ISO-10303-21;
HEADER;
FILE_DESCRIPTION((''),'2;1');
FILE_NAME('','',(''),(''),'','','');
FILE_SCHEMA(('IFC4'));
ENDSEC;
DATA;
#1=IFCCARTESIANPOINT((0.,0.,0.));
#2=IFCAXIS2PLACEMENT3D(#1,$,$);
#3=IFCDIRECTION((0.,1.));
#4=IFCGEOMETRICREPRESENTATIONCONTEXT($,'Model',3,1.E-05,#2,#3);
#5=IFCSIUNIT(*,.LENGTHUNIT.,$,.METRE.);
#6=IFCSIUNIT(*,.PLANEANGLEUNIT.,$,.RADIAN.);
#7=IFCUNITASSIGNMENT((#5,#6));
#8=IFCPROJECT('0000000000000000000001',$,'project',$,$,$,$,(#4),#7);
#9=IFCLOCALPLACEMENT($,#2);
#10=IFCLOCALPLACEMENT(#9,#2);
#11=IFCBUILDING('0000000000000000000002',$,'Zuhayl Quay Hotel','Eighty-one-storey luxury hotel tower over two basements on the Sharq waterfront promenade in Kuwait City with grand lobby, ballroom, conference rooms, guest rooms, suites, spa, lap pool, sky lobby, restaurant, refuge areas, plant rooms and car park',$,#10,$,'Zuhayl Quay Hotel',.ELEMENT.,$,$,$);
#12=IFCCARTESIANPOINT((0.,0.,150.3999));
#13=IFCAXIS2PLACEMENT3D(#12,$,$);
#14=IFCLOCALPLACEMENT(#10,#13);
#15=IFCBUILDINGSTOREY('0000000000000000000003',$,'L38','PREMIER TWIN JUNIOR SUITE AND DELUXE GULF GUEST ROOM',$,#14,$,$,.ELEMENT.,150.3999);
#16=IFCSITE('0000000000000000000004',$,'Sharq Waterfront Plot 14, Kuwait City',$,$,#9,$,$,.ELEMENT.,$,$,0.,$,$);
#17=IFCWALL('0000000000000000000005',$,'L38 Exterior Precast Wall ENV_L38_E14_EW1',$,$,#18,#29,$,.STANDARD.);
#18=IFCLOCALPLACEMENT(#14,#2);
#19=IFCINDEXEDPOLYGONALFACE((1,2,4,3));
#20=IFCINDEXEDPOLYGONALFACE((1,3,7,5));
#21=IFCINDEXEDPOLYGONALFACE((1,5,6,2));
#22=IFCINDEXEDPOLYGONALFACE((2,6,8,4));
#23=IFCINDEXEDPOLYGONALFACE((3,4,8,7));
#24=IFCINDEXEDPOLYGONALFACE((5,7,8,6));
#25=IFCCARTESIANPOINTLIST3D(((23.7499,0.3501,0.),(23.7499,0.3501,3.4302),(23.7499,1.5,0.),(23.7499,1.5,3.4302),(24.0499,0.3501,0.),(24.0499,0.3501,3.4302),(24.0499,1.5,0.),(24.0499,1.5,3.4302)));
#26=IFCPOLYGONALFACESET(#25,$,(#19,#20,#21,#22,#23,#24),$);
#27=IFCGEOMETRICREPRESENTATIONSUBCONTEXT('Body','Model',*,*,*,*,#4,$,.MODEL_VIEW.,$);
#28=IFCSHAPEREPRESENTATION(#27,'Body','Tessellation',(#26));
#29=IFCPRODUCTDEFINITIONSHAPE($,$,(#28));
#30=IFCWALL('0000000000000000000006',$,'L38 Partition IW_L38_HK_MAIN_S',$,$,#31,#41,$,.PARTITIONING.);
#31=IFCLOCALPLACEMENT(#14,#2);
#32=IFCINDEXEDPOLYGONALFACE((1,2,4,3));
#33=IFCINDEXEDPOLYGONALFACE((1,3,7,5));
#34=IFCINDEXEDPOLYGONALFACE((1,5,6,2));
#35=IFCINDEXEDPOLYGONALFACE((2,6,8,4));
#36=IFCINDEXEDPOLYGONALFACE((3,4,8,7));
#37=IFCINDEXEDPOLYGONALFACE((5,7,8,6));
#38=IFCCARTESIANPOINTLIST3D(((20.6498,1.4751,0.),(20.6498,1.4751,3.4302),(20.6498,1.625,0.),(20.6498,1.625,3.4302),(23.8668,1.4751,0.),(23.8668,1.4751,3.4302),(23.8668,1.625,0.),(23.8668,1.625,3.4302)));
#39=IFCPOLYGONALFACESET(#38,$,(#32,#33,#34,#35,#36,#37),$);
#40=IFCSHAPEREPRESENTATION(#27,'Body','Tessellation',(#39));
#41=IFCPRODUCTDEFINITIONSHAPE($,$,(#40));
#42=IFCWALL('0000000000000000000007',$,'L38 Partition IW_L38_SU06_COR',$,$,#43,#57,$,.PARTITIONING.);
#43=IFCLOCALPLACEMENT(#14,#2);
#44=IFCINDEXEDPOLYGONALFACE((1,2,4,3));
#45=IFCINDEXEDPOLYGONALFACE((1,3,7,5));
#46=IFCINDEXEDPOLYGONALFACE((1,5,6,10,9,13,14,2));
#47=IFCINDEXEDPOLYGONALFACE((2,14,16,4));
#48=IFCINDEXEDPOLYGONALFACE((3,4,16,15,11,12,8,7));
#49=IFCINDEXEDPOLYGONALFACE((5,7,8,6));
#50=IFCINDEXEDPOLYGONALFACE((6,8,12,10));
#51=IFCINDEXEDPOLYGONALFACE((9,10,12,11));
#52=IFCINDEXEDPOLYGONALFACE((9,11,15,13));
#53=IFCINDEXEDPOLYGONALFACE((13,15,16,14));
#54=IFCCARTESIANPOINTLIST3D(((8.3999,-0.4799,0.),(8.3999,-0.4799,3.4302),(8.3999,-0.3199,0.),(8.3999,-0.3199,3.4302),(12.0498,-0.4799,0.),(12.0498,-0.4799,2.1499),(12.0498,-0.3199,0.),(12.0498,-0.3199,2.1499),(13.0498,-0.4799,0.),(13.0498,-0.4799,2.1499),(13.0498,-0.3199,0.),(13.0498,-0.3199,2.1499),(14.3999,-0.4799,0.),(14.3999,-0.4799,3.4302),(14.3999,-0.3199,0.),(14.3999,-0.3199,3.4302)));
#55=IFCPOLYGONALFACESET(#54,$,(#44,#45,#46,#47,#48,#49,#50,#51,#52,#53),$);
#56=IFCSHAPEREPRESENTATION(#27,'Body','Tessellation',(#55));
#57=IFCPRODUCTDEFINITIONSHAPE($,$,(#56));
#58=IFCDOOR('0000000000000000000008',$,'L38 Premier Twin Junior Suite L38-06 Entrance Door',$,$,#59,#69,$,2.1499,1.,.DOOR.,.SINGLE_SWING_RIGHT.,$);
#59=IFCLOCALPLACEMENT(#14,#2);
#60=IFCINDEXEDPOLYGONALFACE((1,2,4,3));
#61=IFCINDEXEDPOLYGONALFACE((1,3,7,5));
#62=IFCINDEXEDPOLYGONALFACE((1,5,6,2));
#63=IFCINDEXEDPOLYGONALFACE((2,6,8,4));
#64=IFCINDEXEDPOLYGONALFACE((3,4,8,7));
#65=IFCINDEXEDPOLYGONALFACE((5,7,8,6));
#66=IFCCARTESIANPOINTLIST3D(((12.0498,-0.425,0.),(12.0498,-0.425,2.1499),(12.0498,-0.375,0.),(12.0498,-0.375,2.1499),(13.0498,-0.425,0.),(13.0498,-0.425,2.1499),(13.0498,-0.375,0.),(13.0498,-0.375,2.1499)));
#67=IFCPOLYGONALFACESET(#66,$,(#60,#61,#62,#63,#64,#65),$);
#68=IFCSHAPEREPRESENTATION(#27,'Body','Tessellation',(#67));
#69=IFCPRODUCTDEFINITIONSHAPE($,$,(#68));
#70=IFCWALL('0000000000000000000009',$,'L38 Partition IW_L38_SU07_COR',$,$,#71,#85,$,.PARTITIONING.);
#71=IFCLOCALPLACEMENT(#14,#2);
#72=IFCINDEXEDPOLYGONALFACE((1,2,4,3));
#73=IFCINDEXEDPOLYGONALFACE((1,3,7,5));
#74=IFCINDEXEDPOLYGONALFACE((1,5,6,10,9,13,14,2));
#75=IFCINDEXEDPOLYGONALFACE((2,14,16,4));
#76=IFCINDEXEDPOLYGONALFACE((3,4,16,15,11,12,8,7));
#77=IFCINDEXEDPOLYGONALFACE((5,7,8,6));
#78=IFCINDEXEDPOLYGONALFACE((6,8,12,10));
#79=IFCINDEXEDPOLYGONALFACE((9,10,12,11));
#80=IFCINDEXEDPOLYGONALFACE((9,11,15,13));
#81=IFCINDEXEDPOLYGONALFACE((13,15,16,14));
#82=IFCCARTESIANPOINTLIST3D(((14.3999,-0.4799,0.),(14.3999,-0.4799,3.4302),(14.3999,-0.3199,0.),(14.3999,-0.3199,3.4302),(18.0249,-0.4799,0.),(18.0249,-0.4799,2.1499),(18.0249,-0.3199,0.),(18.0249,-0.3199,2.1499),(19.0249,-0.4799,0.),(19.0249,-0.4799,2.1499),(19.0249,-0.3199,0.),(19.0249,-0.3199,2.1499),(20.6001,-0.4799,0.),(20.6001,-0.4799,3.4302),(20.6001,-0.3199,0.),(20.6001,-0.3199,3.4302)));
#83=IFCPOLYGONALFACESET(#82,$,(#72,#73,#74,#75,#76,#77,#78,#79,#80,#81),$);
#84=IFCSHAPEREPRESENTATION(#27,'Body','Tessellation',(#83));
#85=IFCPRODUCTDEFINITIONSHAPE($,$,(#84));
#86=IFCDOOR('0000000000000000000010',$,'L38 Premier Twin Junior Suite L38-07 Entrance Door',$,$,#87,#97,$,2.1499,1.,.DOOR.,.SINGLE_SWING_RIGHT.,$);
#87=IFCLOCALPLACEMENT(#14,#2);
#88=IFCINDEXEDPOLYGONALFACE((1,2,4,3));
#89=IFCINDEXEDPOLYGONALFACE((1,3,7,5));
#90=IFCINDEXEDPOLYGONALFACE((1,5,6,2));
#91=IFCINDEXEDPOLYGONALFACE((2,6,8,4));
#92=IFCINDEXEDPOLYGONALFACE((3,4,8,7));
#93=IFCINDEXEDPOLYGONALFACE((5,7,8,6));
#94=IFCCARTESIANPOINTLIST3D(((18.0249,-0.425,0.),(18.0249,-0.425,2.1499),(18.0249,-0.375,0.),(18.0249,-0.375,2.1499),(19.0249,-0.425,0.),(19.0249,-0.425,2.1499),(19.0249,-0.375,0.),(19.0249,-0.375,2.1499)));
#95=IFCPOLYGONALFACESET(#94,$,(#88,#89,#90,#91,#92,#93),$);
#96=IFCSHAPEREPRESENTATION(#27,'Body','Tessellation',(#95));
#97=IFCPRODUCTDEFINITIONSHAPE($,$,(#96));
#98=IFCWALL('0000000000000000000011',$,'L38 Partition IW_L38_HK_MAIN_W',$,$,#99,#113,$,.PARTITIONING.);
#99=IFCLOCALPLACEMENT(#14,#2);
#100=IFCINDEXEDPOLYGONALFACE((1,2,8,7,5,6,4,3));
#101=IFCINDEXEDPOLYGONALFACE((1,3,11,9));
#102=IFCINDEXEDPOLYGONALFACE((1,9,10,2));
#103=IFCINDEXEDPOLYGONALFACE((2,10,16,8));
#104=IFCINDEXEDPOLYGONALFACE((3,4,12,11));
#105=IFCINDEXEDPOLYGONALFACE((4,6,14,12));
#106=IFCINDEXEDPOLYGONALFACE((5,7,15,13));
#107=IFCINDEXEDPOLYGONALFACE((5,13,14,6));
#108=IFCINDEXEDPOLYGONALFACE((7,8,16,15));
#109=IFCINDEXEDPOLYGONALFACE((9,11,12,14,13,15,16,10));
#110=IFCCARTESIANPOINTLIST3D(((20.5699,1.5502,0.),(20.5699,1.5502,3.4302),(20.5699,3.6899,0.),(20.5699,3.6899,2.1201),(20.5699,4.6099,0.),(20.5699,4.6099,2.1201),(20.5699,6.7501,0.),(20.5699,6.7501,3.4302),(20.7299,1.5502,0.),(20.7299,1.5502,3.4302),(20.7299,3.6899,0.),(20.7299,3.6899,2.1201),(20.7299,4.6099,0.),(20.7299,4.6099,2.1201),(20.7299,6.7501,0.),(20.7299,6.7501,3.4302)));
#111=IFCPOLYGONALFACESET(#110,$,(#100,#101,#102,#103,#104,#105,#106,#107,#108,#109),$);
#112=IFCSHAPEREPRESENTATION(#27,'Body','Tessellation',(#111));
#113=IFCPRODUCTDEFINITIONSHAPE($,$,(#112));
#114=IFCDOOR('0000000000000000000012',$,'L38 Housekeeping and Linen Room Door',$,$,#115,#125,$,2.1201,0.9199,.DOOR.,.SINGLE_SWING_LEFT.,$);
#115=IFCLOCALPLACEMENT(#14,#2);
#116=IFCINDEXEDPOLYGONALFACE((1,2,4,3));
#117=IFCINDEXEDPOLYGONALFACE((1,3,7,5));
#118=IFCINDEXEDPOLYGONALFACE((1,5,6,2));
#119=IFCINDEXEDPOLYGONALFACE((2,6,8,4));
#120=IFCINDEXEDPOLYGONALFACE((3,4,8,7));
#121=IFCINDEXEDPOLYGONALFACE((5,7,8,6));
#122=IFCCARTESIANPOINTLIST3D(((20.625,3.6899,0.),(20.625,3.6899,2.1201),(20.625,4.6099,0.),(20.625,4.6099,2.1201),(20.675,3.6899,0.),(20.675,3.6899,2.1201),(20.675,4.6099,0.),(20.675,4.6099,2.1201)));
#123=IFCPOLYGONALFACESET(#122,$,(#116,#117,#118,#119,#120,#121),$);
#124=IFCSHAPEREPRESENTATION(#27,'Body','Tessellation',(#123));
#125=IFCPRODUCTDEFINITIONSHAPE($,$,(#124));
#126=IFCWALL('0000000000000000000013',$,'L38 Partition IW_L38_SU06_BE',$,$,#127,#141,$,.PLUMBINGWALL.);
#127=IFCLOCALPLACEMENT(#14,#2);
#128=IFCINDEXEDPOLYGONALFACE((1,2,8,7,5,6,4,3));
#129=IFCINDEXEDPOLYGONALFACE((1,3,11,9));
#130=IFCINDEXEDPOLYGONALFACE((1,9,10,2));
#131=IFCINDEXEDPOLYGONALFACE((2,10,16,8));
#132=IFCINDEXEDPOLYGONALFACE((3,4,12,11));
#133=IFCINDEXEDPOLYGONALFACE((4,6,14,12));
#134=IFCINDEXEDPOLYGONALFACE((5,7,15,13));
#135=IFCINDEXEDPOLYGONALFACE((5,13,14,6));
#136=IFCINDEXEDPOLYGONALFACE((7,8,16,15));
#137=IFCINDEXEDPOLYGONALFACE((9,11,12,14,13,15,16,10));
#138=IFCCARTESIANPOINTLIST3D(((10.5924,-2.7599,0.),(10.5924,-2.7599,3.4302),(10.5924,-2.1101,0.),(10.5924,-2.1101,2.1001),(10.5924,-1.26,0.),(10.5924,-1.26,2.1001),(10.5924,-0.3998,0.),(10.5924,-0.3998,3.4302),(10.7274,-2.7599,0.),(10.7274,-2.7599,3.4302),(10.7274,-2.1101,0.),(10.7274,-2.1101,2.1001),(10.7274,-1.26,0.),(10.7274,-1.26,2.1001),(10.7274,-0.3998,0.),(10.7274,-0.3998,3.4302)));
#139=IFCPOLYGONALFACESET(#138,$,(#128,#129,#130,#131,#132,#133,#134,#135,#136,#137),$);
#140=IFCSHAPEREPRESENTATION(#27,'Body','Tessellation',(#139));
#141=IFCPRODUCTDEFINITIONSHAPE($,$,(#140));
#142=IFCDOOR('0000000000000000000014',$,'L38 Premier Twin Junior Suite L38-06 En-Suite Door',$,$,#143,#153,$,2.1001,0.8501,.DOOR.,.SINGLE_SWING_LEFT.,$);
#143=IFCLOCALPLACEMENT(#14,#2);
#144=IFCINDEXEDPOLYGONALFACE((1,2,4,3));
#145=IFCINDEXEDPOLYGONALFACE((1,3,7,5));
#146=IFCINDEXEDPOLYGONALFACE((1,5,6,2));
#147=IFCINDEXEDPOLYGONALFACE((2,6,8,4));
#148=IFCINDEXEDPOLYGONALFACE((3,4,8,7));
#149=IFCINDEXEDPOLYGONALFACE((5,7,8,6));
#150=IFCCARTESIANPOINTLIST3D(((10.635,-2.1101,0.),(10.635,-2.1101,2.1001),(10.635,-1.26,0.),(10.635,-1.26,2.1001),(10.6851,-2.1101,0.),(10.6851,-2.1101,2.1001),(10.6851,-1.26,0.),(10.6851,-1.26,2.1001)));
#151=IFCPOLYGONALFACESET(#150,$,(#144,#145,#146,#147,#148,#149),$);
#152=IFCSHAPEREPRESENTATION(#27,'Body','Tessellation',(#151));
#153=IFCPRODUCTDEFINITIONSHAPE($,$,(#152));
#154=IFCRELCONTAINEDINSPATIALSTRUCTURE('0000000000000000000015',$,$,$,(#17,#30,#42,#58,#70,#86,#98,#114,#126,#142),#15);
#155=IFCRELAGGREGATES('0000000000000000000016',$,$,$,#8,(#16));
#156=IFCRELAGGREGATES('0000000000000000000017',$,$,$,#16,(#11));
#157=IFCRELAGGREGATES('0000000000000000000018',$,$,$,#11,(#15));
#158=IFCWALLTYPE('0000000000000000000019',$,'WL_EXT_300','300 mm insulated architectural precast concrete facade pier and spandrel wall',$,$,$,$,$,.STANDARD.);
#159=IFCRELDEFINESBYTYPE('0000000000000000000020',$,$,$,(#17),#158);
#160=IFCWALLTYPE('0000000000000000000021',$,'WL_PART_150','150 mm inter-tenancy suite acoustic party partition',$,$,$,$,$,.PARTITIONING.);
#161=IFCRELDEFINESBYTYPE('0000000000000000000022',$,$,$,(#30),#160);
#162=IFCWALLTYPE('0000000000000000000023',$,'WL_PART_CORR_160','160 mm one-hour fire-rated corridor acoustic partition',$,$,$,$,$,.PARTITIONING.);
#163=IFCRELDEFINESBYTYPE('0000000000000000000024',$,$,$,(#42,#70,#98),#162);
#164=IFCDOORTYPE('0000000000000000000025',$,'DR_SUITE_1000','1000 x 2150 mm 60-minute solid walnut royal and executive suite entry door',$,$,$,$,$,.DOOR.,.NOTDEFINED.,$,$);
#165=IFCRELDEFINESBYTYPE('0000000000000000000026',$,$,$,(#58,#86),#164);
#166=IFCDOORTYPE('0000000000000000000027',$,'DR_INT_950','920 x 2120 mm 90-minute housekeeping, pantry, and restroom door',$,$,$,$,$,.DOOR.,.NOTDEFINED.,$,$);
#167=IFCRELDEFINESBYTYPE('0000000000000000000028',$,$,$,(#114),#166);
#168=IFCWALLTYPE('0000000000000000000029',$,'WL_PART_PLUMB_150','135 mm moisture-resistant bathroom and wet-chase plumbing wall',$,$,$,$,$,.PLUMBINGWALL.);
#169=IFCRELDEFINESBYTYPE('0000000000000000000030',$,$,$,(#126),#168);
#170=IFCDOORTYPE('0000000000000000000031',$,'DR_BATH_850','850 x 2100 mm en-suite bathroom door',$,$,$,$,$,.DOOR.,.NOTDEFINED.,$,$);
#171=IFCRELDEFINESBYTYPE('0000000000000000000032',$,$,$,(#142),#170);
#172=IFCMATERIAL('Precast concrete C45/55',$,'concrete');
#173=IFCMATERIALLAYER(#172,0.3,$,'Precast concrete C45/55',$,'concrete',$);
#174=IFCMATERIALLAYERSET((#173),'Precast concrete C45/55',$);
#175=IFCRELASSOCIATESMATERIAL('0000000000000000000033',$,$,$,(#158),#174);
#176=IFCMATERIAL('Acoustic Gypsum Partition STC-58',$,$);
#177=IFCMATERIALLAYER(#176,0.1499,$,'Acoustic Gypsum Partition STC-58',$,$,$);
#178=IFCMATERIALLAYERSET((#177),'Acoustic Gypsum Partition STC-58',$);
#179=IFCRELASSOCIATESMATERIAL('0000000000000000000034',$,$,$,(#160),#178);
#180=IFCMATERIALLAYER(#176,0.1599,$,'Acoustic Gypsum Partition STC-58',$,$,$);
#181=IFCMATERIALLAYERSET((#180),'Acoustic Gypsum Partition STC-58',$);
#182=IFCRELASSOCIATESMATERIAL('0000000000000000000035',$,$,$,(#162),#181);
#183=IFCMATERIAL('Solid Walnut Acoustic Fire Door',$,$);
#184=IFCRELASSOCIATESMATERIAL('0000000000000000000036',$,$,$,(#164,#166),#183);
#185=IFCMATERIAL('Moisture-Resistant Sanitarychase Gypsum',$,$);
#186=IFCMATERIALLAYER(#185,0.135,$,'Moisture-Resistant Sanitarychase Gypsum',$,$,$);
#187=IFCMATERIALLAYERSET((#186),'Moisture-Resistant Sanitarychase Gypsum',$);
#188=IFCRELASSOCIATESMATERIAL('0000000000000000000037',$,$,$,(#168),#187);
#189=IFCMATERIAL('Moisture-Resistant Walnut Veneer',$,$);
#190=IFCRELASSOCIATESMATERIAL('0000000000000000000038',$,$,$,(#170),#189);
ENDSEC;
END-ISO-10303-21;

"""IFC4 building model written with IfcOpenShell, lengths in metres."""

from ifc_helpers import new_model, si_unit, direction, frame, frame_2d, origin, place, context, subcontext, project, spatial, rectangle, extrude, material, layer, layer_set, type_object, element, fill, save


model = new_model("IFC4")

# Units and contexts
model_context = context("Model", 3, precision=1e-05, world=origin(), true_north=direction((0.0, 1.0)))
body_context = subcontext(model_context, "Body", "Model", "MODEL_VIEW")
ifc_project = project(units=[si_unit("LENGTHUNIT", "METRE"), si_unit("PLANEANGLEUNIT", "RADIAN")], contexts=[model_context])

# Site, building, storey
site_placement = place(None, origin())
site = spatial("IfcSite", under=ifc_project, at=site_placement, Name="Sharq Waterfront Plot 14, Kuwait City", CompositionType="ELEMENT", RefElevation=0.0)
building_placement = place(site_placement, origin())
building = spatial("IfcBuilding", under=site, at=building_placement, Name="Zuhayl Quay Hotel", Description="Eighty-one-storey luxury hotel tower over two basements on the Sharq waterfront promenade in Kuwait City with grand lobby, ballroom, conference rooms, guest rooms, suites, spa, lap pool, sky lobby, restaurant, refuge areas, plant rooms and car park", LongName="Zuhayl Quay Hotel", CompositionType="ELEMENT")
storey_placement = place(building_placement, frame((0.0, 0.0, 150.3999)))
storey = spatial("IfcBuildingStorey", under=building, at=storey_placement, Name="L38", Description="PREMIER TWIN JUNIOR SUITE AND DELUXE GULF GUEST ROOM", CompositionType="ELEMENT", Elevation=150.3999)

# Walls
ifc_material_1 = material(Name="Precast concrete C45/55", Category="concrete")
ifc_layer_1 = layer(ifc_material_1, 0.3, Name="Precast concrete C45/55", Category="concrete")
ifc_layer_set_1 = layer_set([ifc_layer_1], Name="Precast concrete C45/55")
wall_type_1 = type_object("IfcWallType", Name="WL_EXT_300", Description="300 mm insulated architectural precast concrete facade pier and spandrel wall", PredefinedType="STANDARD", material=ifc_layer_set_1)
wall_1_placement = place(storey_placement, frame((23.8999, 1.5, 0.0), z_axis=(0.0, 0.0, 1.0), x_axis=(0.0, -1.0, 0.0)))
element("IfcWall", 1, at=wall_1_placement, inside=storey, type_object=wall_type_1, Name="L38 Exterior Precast Wall ENV_L38_E14_EW1", PredefinedType="STANDARD", context=body_context, shape_type="SweptSolid", body=[
    extrude(rectangle(XDim=1.1499, YDim=0.3, at=frame_2d((0.575, 0.0))), origin(), (0.0, 0.0, 1.0), 3.4302),
])
ifc_material_2 = material(Name="Acoustic Gypsum Partition STC-58")
ifc_layer_2 = layer(ifc_material_2, 0.1499, Name="Acoustic Gypsum Partition STC-58")
ifc_layer_set_2 = layer_set([ifc_layer_2], Name="Acoustic Gypsum Partition STC-58")
wall_type_2 = type_object("IfcWallType", Name="WL_PART_150", Description="150 mm inter-tenancy suite acoustic party partition", PredefinedType="PARTITIONING", material=ifc_layer_set_2)
wall_2_placement = place(storey_placement, frame((20.6499, 1.55, 0.0), z_axis=(0.0, 0.0, 1.0), x_axis=(1.0, 0.0, 0.0)))
element("IfcWall", 2, at=wall_2_placement, inside=storey, type_object=wall_type_2, Name="L38 Partition IW_L38_HK_MAIN_S", PredefinedType="PARTITIONING", context=body_context, shape_type="SweptSolid", body=[
    extrude(rectangle(XDim=3.217, YDim=0.1499, at=frame_2d((1.6084, 0.0))), origin(), (0.0, 0.0, 1.0), 3.4302),
])

# Walls, openings, doors
ifc_layer_3 = layer(ifc_material_2, 0.1599, Name="Acoustic Gypsum Partition STC-58")
ifc_layer_set_3 = layer_set([ifc_layer_3], Name="Acoustic Gypsum Partition STC-58")
wall_type_3 = type_object("IfcWallType", Name="WL_PART_CORR_160", Description="160 mm one-hour fire-rated corridor acoustic partition", PredefinedType="PARTITIONING", material=ifc_layer_set_3)
wall_3_placement = place(storey_placement, frame((8.3999, -0.3999, 0.0), z_axis=(0.0, 0.0, 1.0), x_axis=(1.0, 0.0, 0.0)))
wall_3 = element("IfcWall", 3, at=wall_3_placement, inside=storey, type_object=wall_type_3, Name="L38 Partition IW_L38_SU06_COR", PredefinedType="PARTITIONING", context=body_context, shape_type="SweptSolid", body=[
    extrude(rectangle(XDim=6.0, YDim=0.1599, at=frame_2d((3.0, 0.0))), origin(), (0.0, 0.0, 1.0), 3.4302),
])
opening_1_placement = place(wall_3_placement, frame((3.6499, 0.0, 0.0)))
opening_1 = element("IfcOpeningElement", 4, at=opening_1_placement, cuts=wall_3, PredefinedType="OPENING", context=body_context, shape_type="SweptSolid", body=[
    extrude(rectangle(XDim=1.0, YDim=2.1499, at=frame_2d((0.5, 1.075))), frame((0.0, 0.0898, 0.0), z_axis=(0.0, -1.0, 0.0), x_axis=(1.0, 0.0, 0.0)), (0.0, 0.0, 1.0), 0.1799),
])
ifc_material_3 = material(Name="Solid Walnut Acoustic Fire Door")
door_type_1 = type_object("IfcDoorType", Name="DR_SUITE_1000", Description="1000 x 2150 mm 60-minute solid walnut royal and executive suite entry door", OperationType="NOTDEFINED", PredefinedType="DOOR", material=ifc_material_3)
door_1_placement = place(opening_1_placement, origin())
door_1 = element("IfcDoor", 5, at=door_1_placement, inside=storey, type_object=door_type_1, Name="L38 Premier Twin Junior Suite L38-06 Entrance Door", OperationType="SINGLE_SWING_RIGHT", OverallHeight=2.1499, OverallWidth=1.0, PredefinedType="DOOR", context=body_context, shape_type="SweptSolid", body=[
    extrude(rectangle(XDim=1.0, YDim=2.1499, at=frame_2d((0.5, 1.075))), frame((0.0, 0.0249, 0.0), z_axis=(0.0, -1.0, 0.0), x_axis=(1.0, 0.0, 0.0)), (0.0, 0.0, 1.0), 0.05),
])
fill(opening_1, door_1)
wall_4_placement = place(storey_placement, frame((14.3999, -0.3999, 0.0), z_axis=(0.0, 0.0, 1.0), x_axis=(1.0, 0.0, 0.0)))
wall_4 = element("IfcWall", 6, at=wall_4_placement, inside=storey, type_object=wall_type_3, Name="L38 Partition IW_L38_SU07_COR", PredefinedType="PARTITIONING", context=body_context, shape_type="SweptSolid", body=[
    extrude(rectangle(XDim=6.2002, YDim=0.1599, at=frame_2d((3.1001, 0.0))), origin(), (0.0, 0.0, 1.0), 3.4302),
])
opening_2_placement = place(wall_4_placement, frame((3.625, 0.0, 0.0)))
opening_2 = element("IfcOpeningElement", 7, at=opening_2_placement, cuts=wall_4, PredefinedType="OPENING", context=body_context, shape_type="SweptSolid", body=[
    extrude(rectangle(XDim=1.0, YDim=2.1499, at=frame_2d((0.5, 1.075))), frame((0.0, 0.0898, 0.0), z_axis=(0.0, -1.0, 0.0), x_axis=(1.0, 0.0, 0.0)), (0.0, 0.0, 1.0), 0.1799),
])
door_2_placement = place(opening_2_placement, origin())
door_2 = element("IfcDoor", 8, at=door_2_placement, inside=storey, type_object=door_type_1, Name="L38 Premier Twin Junior Suite L38-07 Entrance Door", OperationType="SINGLE_SWING_RIGHT", OverallHeight=2.1499, OverallWidth=1.0, PredefinedType="DOOR", context=body_context, shape_type="SweptSolid", body=[
    extrude(rectangle(XDim=1.0, YDim=2.1499, at=frame_2d((0.5, 1.075))), frame((0.0, 0.0249, 0.0), z_axis=(0.0, -1.0, 0.0), x_axis=(1.0, 0.0, 0.0)), (0.0, 0.0, 1.0), 0.05),
])
fill(opening_2, door_2)
wall_5_placement = place(storey_placement, frame((20.6499, 1.55, 0.0), z_axis=(0.0, 0.0, 1.0), x_axis=(0.0, 1.0, 0.0)))
wall_5 = element("IfcWall", 9, at=wall_5_placement, inside=storey, type_object=wall_type_3, Name="L38 Partition IW_L38_HK_MAIN_W", PredefinedType="PARTITIONING", context=body_context, shape_type="SweptSolid", body=[
    extrude(rectangle(XDim=5.2, YDim=0.1599, at=frame_2d((2.6001, 0.0))), origin(), (0.0, 0.0, 1.0), 3.4302),
])
opening_3_placement = place(wall_5_placement, frame((2.1399, 0.0, 0.0)))
opening_3 = element("IfcOpeningElement", 10, at=opening_3_placement, cuts=wall_5, PredefinedType="OPENING", context=body_context, shape_type="SweptSolid", body=[
    extrude(rectangle(XDim=0.9199, YDim=2.1201, at=frame_2d((0.46, 1.0601))), frame((0.0, 0.0898, 0.0), z_axis=(0.0, -1.0, 0.0), x_axis=(1.0, 0.0, 0.0)), (0.0, 0.0, 1.0), 0.1799),
])
door_type_2 = type_object("IfcDoorType", Name="DR_INT_950", Description="920 x 2120 mm 90-minute housekeeping, pantry, and restroom door", OperationType="NOTDEFINED", PredefinedType="DOOR", material=ifc_material_3)
door_3_placement = place(opening_3_placement, origin())
door_3 = element("IfcDoor", 11, at=door_3_placement, inside=storey, type_object=door_type_2, Name="L38 Housekeeping and Linen Room Door", OperationType="SINGLE_SWING_LEFT", OverallHeight=2.1201, OverallWidth=0.9199, PredefinedType="DOOR", context=body_context, shape_type="SweptSolid", body=[
    extrude(rectangle(XDim=0.9199, YDim=2.1201, at=frame_2d((0.46, 1.0601))), frame((0.0, 0.0249, 0.0), z_axis=(0.0, -1.0, 0.0), x_axis=(1.0, 0.0, 0.0)), (0.0, 0.0, 1.0), 0.05),
])
fill(opening_3, door_3)
ifc_material_4 = material(Name="Moisture-Resistant Sanitarychase Gypsum")
ifc_layer_4 = layer(ifc_material_4, 0.135, Name="Moisture-Resistant Sanitarychase Gypsum")
ifc_layer_set_4 = layer_set([ifc_layer_4], Name="Moisture-Resistant Sanitarychase Gypsum")
wall_type_4 = type_object("IfcWallType", Name="WL_PART_PLUMB_150", Description="135 mm moisture-resistant bathroom and wet-chase plumbing wall", PredefinedType="PLUMBINGWALL", material=ifc_layer_set_4)
wall_6_placement = place(storey_placement, frame((10.6599, -2.76, 0.0), z_axis=(0.0, 0.0, 1.0), x_axis=(0.0, 1.0, 0.0)))
wall_6 = element("IfcWall", 12, at=wall_6_placement, inside=storey, type_object=wall_type_4, Name="L38 Partition IW_L38_SU06_BE", PredefinedType="PLUMBINGWALL", context=body_context, shape_type="SweptSolid", body=[
    extrude(rectangle(XDim=2.3601, YDim=0.135, at=frame_2d((1.1802, 0.0))), origin(), (0.0, 0.0, 1.0), 3.4302),
])
opening_4_placement = place(wall_6_placement, frame((0.6499, 0.0, 0.0)))
opening_4 = element("IfcOpeningElement", 13, at=opening_4_placement, cuts=wall_6, PredefinedType="OPENING", context=body_context, shape_type="SweptSolid", body=[
    extrude(rectangle(XDim=0.8501, YDim=2.1001, at=frame_2d((0.425, 1.05))), frame((0.0, 0.0774, 0.0), z_axis=(0.0, -1.0, 0.0), x_axis=(1.0, 0.0, 0.0)), (0.0, 0.0, 1.0), 0.155),
])
ifc_material_5 = material(Name="Moisture-Resistant Walnut Veneer")
door_type_3 = type_object("IfcDoorType", Name="DR_BATH_850", Description="850 x 2100 mm en-suite bathroom door", OperationType="NOTDEFINED", PredefinedType="DOOR", material=ifc_material_5)
door_4_placement = place(opening_4_placement, origin())
door_4 = element("IfcDoor", 14, at=door_4_placement, inside=storey, type_object=door_type_3, Name="L38 Premier Twin Junior Suite L38-06 En-Suite Door", OperationType="SINGLE_SWING_LEFT", OverallHeight=2.1001, OverallWidth=0.8501, PredefinedType="DOOR", context=body_context, shape_type="SweptSolid", body=[
    extrude(rectangle(XDim=0.8501, YDim=2.1001, at=frame_2d((0.425, 1.05))), frame((0.0, 0.0249, 0.0), z_axis=(0.0, -1.0, 0.0), x_axis=(1.0, 0.0, 0.0)), (0.0, 0.0, 1.0), 0.05),
])
fill(opening_4, door_4)

save(model, "model.ifc")
